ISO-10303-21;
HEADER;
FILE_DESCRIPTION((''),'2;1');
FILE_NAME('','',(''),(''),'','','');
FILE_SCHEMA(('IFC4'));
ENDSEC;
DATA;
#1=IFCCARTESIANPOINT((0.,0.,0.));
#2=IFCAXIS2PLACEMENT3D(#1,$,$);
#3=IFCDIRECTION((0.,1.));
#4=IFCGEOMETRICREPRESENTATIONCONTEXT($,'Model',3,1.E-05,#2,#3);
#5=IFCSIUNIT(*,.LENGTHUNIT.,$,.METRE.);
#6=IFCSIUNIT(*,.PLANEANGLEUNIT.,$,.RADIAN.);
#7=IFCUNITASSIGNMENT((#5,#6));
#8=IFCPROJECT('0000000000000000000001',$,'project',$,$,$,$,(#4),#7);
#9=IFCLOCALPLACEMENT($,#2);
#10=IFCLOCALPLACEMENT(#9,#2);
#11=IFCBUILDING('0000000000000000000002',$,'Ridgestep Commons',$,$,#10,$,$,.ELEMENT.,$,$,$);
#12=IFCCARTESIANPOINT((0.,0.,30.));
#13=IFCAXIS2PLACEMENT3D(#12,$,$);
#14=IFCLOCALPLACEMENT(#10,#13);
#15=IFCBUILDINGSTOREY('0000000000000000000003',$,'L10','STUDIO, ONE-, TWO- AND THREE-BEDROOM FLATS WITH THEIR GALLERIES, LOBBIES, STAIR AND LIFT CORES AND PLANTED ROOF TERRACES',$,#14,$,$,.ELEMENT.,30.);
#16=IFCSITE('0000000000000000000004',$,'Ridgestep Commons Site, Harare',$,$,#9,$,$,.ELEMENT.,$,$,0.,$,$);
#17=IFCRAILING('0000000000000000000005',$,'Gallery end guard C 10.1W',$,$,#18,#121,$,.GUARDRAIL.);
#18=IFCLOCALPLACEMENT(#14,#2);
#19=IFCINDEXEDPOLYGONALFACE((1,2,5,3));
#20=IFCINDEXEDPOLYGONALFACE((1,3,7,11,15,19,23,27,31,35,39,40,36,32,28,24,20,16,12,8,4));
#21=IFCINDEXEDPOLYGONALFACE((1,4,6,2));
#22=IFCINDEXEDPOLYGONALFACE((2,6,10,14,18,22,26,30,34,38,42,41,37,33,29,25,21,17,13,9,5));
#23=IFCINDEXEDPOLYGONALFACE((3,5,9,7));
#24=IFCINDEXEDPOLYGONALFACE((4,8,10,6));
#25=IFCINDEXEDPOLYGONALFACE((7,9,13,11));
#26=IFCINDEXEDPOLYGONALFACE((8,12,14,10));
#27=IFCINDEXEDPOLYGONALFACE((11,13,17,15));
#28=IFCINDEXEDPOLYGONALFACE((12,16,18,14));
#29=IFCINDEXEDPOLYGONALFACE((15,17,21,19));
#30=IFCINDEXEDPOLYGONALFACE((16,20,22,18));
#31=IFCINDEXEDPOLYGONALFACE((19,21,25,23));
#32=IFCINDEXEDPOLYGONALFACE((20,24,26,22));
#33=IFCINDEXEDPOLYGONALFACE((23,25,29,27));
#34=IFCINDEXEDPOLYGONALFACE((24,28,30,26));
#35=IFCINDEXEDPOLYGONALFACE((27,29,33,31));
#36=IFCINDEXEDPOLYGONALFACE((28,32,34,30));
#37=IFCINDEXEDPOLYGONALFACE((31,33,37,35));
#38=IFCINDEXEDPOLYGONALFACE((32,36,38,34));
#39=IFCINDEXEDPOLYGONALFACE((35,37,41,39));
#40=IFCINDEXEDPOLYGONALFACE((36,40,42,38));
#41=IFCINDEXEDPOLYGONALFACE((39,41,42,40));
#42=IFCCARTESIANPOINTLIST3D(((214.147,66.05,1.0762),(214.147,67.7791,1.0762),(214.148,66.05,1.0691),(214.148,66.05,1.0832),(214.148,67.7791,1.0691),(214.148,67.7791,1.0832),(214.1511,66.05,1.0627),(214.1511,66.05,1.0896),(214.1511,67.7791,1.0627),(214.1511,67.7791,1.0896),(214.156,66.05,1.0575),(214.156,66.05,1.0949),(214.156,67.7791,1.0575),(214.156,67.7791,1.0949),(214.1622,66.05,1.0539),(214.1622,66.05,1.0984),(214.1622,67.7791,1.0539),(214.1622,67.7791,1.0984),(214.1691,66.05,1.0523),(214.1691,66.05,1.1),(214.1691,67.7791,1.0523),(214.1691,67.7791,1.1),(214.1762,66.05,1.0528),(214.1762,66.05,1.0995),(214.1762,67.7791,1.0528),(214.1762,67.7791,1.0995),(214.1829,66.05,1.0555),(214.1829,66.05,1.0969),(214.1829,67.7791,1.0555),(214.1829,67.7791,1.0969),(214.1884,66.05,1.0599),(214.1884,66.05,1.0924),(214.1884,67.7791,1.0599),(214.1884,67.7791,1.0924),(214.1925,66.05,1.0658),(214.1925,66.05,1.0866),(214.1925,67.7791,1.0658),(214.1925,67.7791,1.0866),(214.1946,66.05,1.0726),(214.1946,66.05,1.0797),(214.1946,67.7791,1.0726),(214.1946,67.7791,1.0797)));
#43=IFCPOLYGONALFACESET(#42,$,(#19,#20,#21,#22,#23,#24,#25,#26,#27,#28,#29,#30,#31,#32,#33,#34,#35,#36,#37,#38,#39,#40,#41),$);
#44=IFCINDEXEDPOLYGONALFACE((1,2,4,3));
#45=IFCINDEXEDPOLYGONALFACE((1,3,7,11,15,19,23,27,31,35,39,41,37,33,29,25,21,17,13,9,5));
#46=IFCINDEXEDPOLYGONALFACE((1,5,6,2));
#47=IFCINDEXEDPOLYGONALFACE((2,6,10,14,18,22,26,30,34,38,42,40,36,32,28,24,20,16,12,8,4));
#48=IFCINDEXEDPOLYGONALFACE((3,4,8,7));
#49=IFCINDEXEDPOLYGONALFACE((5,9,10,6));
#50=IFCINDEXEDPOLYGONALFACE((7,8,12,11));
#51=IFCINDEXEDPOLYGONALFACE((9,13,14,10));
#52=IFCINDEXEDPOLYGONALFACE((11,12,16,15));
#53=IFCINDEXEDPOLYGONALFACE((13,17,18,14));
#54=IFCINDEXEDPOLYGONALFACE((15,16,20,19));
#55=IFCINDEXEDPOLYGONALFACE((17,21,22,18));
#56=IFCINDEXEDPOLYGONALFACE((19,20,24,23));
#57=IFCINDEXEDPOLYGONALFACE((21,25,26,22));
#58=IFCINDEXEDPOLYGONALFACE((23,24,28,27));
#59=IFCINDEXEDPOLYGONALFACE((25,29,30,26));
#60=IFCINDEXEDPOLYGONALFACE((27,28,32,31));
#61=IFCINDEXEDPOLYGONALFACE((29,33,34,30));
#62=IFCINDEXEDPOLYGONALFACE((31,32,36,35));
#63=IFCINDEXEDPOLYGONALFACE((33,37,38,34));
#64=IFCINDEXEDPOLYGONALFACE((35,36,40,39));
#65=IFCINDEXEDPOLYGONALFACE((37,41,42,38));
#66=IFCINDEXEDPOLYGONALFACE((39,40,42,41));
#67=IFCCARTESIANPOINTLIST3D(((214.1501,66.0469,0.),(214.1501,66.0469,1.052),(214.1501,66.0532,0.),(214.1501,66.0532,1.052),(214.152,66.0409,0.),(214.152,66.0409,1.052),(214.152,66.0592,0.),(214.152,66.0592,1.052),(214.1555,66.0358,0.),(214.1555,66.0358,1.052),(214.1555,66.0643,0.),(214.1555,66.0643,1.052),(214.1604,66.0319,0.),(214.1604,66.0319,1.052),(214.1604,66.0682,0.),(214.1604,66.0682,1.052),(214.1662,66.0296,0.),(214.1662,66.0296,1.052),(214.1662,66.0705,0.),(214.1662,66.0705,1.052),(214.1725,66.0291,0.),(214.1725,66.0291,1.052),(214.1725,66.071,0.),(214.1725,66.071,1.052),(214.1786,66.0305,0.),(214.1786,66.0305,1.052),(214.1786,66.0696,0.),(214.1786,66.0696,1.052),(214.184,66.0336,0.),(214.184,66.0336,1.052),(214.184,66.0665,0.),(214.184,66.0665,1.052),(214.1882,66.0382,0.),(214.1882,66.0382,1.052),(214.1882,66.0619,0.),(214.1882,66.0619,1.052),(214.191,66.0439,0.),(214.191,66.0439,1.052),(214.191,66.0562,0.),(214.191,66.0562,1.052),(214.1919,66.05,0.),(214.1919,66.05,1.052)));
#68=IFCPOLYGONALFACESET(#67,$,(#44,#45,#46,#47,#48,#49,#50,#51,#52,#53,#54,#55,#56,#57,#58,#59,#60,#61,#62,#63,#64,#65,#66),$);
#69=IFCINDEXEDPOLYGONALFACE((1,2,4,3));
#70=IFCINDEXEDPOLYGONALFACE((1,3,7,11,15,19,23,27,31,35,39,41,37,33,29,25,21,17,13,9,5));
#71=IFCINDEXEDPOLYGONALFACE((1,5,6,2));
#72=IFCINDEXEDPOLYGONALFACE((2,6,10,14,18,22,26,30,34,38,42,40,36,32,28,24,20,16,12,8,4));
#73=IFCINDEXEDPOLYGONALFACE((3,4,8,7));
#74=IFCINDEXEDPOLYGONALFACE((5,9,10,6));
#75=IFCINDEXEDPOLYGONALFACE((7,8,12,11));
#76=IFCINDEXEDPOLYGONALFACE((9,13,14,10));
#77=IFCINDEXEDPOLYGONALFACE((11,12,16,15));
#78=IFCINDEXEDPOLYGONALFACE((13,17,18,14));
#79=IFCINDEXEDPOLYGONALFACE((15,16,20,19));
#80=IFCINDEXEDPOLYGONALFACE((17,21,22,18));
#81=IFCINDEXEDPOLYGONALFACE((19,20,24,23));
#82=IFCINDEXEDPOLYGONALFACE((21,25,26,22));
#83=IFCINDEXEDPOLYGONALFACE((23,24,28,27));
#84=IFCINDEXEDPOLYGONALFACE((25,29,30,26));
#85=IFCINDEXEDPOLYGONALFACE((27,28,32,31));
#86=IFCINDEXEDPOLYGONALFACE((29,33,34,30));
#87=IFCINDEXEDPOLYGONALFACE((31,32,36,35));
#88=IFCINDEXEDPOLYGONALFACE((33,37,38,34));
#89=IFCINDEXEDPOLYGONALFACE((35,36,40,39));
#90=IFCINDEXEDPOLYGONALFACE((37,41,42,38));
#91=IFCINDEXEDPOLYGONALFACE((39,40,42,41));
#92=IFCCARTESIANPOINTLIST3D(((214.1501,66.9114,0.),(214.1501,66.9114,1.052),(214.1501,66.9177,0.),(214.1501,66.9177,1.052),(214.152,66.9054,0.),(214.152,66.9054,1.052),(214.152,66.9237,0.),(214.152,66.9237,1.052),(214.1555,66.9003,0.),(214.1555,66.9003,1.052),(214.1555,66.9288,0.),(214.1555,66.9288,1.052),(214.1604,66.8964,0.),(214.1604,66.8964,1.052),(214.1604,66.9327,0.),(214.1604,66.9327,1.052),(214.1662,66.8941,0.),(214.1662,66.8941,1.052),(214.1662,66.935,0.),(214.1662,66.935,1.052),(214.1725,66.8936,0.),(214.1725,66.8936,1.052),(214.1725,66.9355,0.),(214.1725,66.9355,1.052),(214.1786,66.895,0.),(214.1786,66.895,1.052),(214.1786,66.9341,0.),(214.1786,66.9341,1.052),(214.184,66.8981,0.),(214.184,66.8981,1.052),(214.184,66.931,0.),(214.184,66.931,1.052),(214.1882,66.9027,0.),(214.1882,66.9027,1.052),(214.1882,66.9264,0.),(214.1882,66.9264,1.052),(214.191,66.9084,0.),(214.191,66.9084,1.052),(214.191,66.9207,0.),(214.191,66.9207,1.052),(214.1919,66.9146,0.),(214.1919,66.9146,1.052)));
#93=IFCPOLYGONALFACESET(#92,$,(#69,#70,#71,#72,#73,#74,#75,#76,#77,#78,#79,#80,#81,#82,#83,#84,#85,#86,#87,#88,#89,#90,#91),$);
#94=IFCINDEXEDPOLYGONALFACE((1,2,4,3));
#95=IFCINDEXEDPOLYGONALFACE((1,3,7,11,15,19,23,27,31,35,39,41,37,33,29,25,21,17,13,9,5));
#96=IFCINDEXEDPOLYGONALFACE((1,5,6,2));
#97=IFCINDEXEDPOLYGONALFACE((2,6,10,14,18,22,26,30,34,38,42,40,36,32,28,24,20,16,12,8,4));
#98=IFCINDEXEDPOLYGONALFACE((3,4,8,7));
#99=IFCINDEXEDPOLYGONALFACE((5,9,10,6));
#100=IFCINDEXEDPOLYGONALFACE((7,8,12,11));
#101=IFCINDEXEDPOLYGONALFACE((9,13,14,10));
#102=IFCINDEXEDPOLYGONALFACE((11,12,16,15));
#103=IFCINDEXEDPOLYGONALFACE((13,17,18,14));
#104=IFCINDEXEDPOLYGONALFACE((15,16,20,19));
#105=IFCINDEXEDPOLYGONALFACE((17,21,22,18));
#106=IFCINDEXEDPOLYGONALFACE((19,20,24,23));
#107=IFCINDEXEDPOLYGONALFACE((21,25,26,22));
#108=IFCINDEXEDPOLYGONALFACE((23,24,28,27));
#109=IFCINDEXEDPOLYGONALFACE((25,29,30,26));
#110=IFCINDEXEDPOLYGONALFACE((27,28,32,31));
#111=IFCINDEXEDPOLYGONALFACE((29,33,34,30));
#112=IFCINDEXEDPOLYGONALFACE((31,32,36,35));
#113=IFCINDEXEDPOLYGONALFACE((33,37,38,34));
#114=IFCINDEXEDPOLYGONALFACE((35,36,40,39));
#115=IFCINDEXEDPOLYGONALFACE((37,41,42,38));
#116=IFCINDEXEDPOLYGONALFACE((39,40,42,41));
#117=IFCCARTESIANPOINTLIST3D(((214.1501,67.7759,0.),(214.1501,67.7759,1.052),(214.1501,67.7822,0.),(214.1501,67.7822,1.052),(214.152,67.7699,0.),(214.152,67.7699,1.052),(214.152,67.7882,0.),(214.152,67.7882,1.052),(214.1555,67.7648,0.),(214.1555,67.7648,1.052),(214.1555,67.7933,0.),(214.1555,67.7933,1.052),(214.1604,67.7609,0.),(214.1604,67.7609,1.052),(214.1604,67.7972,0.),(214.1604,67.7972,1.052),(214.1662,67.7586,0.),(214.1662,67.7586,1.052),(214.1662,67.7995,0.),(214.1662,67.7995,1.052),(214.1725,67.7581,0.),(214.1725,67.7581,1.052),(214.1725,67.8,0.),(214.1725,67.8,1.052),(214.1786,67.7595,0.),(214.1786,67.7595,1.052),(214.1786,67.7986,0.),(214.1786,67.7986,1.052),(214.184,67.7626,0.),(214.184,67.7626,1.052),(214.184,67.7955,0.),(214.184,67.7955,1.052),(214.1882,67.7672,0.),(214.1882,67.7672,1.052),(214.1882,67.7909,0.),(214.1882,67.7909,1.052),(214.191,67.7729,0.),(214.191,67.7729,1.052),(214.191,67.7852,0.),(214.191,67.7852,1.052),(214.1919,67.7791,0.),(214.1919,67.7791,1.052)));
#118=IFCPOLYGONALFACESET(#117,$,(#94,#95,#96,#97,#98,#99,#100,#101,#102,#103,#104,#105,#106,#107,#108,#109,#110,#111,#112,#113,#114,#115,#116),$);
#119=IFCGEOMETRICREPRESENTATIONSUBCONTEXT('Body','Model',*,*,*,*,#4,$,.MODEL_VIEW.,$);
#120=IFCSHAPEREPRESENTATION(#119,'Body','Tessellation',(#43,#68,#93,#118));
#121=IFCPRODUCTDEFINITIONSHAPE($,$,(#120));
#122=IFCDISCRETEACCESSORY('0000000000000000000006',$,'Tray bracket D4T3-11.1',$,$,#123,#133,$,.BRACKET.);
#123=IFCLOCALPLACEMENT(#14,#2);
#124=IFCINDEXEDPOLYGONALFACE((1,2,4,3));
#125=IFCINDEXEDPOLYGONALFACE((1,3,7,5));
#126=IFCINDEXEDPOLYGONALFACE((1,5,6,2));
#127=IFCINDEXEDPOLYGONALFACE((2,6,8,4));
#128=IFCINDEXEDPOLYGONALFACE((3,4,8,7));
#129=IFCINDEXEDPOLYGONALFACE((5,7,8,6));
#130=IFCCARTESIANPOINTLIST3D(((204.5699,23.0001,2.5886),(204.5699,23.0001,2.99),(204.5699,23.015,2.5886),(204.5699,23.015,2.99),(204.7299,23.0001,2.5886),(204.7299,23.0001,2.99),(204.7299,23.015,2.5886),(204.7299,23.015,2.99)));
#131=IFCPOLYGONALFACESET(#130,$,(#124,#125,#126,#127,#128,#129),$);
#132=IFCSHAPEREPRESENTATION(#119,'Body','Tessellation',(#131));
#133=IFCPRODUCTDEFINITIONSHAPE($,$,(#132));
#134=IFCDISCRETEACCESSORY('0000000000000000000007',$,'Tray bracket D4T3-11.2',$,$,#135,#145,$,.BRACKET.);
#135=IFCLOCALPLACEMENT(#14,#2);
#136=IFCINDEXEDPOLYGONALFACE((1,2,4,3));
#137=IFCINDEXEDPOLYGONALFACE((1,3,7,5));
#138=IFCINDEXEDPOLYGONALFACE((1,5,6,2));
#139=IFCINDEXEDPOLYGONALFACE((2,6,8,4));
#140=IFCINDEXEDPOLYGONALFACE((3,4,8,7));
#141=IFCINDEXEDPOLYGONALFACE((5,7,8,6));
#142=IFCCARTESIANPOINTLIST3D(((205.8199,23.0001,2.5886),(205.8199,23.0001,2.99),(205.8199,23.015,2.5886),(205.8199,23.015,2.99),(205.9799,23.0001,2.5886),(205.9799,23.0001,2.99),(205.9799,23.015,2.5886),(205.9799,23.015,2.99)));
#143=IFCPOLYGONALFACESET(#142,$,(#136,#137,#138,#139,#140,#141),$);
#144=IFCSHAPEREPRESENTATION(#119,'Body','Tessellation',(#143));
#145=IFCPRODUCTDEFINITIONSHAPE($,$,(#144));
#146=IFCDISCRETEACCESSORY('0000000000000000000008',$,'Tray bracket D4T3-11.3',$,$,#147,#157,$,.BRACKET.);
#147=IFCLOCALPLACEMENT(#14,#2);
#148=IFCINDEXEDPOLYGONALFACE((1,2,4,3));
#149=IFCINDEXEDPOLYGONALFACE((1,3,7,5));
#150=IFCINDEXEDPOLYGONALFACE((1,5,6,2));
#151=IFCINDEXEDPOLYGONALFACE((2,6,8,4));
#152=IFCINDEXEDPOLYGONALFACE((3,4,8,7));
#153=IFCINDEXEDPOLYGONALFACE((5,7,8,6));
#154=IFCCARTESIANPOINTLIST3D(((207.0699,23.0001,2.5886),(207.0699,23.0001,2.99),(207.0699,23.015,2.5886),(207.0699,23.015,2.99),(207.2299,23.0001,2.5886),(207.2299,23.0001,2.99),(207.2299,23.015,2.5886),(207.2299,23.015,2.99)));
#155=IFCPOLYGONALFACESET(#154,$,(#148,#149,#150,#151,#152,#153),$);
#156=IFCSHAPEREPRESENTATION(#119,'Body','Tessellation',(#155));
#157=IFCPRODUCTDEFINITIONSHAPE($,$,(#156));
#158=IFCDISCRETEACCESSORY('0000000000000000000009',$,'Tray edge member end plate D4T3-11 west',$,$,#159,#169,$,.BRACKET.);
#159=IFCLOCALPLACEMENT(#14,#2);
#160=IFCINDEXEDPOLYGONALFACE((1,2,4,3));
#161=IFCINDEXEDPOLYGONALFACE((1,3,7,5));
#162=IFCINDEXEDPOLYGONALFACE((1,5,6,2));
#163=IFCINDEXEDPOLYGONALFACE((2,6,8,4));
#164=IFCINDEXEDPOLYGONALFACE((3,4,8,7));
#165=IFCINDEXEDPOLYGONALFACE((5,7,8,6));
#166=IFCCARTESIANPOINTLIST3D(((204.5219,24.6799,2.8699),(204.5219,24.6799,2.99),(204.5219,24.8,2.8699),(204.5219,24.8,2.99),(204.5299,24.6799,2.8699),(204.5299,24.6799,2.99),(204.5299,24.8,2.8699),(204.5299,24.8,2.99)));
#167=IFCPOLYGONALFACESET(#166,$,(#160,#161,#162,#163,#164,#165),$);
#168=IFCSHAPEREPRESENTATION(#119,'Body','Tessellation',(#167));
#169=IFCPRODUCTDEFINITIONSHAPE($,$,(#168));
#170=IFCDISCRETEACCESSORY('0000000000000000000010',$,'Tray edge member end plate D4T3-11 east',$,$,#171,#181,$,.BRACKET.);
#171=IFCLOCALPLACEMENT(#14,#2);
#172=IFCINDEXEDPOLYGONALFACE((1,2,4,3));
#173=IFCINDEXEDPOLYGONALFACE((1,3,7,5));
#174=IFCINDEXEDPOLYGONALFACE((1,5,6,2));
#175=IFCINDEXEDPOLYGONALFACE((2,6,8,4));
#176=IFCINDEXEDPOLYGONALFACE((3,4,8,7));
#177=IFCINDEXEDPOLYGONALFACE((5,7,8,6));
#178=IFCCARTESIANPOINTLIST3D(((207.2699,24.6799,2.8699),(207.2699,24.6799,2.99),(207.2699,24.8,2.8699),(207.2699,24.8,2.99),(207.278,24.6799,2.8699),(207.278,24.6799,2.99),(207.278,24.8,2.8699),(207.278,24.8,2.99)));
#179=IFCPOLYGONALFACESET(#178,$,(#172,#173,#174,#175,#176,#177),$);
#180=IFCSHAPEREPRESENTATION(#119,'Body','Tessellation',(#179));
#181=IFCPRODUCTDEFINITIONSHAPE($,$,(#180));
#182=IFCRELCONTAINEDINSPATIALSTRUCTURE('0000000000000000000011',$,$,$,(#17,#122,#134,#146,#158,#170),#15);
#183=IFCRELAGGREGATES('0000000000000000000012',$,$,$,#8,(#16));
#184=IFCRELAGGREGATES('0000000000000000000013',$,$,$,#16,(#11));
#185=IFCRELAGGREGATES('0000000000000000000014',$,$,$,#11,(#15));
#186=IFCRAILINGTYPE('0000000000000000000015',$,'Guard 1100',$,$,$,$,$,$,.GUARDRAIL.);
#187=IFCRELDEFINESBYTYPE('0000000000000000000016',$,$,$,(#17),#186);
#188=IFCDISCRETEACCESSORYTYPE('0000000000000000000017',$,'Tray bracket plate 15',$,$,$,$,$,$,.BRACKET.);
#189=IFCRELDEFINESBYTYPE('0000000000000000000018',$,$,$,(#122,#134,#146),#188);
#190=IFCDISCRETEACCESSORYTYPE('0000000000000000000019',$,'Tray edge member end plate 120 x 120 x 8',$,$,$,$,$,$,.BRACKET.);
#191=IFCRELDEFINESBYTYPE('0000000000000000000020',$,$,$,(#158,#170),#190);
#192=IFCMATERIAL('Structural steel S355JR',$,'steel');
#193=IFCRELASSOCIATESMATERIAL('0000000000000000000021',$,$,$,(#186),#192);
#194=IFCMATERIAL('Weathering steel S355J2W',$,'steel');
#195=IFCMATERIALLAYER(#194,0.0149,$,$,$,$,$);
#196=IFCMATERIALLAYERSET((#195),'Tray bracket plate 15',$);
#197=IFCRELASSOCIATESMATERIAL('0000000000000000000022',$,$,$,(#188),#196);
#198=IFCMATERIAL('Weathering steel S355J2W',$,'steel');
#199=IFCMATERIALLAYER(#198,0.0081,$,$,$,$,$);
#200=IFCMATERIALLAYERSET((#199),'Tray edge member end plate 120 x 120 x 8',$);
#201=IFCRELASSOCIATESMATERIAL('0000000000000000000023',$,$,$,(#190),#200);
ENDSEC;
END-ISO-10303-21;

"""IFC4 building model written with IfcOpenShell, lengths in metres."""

from ifc_helpers import new_model, si_unit, direction, frame, origin, origin_2d, place, context, subcontext, project, spatial, rectangle, circle, extrude, material, layer, layer_set, type_object, element, save


model = new_model("IFC4")

# Units and contexts
model_context = context("Model", 3, precision=1e-05, world=origin(), true_north=direction((0.0, 1.0)))
body_context = subcontext(model_context, "Body", "Model", "MODEL_VIEW")
ifc_project = project(units=[si_unit("LENGTHUNIT", "METRE"), si_unit("PLANEANGLEUNIT", "RADIAN")], contexts=[model_context])

# Site, building, storey
site_placement = place(None, origin())
site = spatial("IfcSite", under=ifc_project, at=site_placement, Name="Ridgestep Commons Site, Harare", CompositionType="ELEMENT", RefElevation=0.0)
building_placement = place(site_placement, origin())
building = spatial("IfcBuilding", under=site, at=building_placement, Name="Ridgestep Commons", CompositionType="ELEMENT")
storey_placement = place(building_placement, frame((0.0, 0.0, 30.0)))
storey = spatial("IfcBuildingStorey", under=building, at=storey_placement, Name="L10", Description="STUDIO, ONE-, TWO- AND THREE-BEDROOM FLATS WITH THEIR GALLERIES, LOBBIES, STAIR AND LIFT CORES AND PLANTED ROOF TERRACES", CompositionType="ELEMENT", Elevation=30.0)

# Railing
ifc_material_1 = material(Name="Structural steel S355JR", Category="steel")
railing_type = type_object("IfcRailingType", Name="Guard 1100", PredefinedType="GUARDRAIL", material=ifc_material_1)
railing_1_placement = place(storey_placement, frame((214.1709, 66.05, 0.0)))
element("IfcRailing", 1, at=railing_1_placement, inside=storey, type_object=railing_type, Name="Gallery end guard C 10.1W", PredefinedType="GUARDRAIL", context=body_context, shape_type="SweptSolid", body=[
    extrude(circle(Radius=0.0239, at=origin_2d()), frame((0.0, 0.0, 1.0762), z_axis=(0.0, 1.0, 0.0), x_axis=(-1.0, 0.0, 0.0)), (0.0, 0.0, 1.0), 1.729),
    extrude(circle(Radius=0.021, at=origin_2d()), origin(), (0.0, 0.0, 1.0), 1.052),
    extrude(circle(Radius=0.021, at=origin_2d()), frame((0.0, 0.8645, 0.0)), (0.0, 0.0, 1.0), 1.052),
    extrude(circle(Radius=0.021, at=origin_2d()), frame((0.0, 1.729, 0.0)), (0.0, 0.0, 1.0), 1.052),
])

# Discrete accessories
ifc_material_2 = material(Name="Weathering steel S355J2W", Category="steel")
ifc_layer_1 = layer(ifc_material_2, 0.0149)
ifc_layer_set_1 = layer_set([ifc_layer_1], Name="Tray bracket plate 15")
discrete_accessory_type_1 = type_object("IfcDiscreteAccessoryType", Name="Tray bracket plate 15", PredefinedType="BRACKET", material=ifc_layer_set_1)
for number, where, z_axis, x_axis, name in (
    (2, (204.6499, 23.0076, 2.5886), (0.0, 0.0, 1.0), (1.0, 0.0, 0.0), "Tray bracket D4T3-11.1"),
    (3, (205.8999, 23.0076, 2.5886), (0.0, 0.0, 1.0), (1.0, 0.0, 0.0), "Tray bracket D4T3-11.2"),
    (4, (207.1499, 23.0076, 2.5886), (0.0, 0.0, 1.0), (1.0, 0.0, 0.0), "Tray bracket D4T3-11.3"),
):
    element("IfcDiscreteAccessory", number, at=place(storey_placement, frame(where, z_axis=z_axis, x_axis=x_axis)), inside=storey, type_object=discrete_accessory_type_1, Name=name, PredefinedType="BRACKET", context=body_context, shape_type="SweptSolid", body=[
        extrude(rectangle(XDim=0.1599, YDim=0.0149, at=origin_2d()), origin(), (0.0, 0.0, 1.0), 0.4014),
    ])
ifc_material_3 = material(Name="Weathering steel S355J2W", Category="steel")
ifc_layer_2 = layer(ifc_material_3, 0.0081)
ifc_layer_set_2 = layer_set([ifc_layer_2], Name="Tray edge member end plate 120 x 120 x 8")
discrete_accessory_type_2 = type_object("IfcDiscreteAccessoryType", Name="Tray edge member end plate 120 x 120 x 8", PredefinedType="BRACKET", material=ifc_layer_set_2)
for number, where, z_axis, x_axis, name in (
    (5, (204.5259, 24.74, 2.8699), (0.0, 0.0, 1.0), (1.0, 0.0, 0.0), "Tray edge member end plate D4T3-11 west"),
    (6, (207.2739, 24.74, 2.8699), (0.0, 0.0, 1.0), (1.0, 0.0, 0.0), "Tray edge member end plate D4T3-11 east"),
):
    element("IfcDiscreteAccessory", number, at=place(storey_placement, frame(where, z_axis=z_axis, x_axis=x_axis)), inside=storey, type_object=discrete_accessory_type_2, Name=name, PredefinedType="BRACKET", context=body_context, shape_type="SweptSolid", body=[
        extrude(rectangle(XDim=0.0081, YDim=0.1201, at=origin_2d()), origin(), (0.0, 0.0, 1.0), 0.1201),
    ])

save(model, "model.ifc")
